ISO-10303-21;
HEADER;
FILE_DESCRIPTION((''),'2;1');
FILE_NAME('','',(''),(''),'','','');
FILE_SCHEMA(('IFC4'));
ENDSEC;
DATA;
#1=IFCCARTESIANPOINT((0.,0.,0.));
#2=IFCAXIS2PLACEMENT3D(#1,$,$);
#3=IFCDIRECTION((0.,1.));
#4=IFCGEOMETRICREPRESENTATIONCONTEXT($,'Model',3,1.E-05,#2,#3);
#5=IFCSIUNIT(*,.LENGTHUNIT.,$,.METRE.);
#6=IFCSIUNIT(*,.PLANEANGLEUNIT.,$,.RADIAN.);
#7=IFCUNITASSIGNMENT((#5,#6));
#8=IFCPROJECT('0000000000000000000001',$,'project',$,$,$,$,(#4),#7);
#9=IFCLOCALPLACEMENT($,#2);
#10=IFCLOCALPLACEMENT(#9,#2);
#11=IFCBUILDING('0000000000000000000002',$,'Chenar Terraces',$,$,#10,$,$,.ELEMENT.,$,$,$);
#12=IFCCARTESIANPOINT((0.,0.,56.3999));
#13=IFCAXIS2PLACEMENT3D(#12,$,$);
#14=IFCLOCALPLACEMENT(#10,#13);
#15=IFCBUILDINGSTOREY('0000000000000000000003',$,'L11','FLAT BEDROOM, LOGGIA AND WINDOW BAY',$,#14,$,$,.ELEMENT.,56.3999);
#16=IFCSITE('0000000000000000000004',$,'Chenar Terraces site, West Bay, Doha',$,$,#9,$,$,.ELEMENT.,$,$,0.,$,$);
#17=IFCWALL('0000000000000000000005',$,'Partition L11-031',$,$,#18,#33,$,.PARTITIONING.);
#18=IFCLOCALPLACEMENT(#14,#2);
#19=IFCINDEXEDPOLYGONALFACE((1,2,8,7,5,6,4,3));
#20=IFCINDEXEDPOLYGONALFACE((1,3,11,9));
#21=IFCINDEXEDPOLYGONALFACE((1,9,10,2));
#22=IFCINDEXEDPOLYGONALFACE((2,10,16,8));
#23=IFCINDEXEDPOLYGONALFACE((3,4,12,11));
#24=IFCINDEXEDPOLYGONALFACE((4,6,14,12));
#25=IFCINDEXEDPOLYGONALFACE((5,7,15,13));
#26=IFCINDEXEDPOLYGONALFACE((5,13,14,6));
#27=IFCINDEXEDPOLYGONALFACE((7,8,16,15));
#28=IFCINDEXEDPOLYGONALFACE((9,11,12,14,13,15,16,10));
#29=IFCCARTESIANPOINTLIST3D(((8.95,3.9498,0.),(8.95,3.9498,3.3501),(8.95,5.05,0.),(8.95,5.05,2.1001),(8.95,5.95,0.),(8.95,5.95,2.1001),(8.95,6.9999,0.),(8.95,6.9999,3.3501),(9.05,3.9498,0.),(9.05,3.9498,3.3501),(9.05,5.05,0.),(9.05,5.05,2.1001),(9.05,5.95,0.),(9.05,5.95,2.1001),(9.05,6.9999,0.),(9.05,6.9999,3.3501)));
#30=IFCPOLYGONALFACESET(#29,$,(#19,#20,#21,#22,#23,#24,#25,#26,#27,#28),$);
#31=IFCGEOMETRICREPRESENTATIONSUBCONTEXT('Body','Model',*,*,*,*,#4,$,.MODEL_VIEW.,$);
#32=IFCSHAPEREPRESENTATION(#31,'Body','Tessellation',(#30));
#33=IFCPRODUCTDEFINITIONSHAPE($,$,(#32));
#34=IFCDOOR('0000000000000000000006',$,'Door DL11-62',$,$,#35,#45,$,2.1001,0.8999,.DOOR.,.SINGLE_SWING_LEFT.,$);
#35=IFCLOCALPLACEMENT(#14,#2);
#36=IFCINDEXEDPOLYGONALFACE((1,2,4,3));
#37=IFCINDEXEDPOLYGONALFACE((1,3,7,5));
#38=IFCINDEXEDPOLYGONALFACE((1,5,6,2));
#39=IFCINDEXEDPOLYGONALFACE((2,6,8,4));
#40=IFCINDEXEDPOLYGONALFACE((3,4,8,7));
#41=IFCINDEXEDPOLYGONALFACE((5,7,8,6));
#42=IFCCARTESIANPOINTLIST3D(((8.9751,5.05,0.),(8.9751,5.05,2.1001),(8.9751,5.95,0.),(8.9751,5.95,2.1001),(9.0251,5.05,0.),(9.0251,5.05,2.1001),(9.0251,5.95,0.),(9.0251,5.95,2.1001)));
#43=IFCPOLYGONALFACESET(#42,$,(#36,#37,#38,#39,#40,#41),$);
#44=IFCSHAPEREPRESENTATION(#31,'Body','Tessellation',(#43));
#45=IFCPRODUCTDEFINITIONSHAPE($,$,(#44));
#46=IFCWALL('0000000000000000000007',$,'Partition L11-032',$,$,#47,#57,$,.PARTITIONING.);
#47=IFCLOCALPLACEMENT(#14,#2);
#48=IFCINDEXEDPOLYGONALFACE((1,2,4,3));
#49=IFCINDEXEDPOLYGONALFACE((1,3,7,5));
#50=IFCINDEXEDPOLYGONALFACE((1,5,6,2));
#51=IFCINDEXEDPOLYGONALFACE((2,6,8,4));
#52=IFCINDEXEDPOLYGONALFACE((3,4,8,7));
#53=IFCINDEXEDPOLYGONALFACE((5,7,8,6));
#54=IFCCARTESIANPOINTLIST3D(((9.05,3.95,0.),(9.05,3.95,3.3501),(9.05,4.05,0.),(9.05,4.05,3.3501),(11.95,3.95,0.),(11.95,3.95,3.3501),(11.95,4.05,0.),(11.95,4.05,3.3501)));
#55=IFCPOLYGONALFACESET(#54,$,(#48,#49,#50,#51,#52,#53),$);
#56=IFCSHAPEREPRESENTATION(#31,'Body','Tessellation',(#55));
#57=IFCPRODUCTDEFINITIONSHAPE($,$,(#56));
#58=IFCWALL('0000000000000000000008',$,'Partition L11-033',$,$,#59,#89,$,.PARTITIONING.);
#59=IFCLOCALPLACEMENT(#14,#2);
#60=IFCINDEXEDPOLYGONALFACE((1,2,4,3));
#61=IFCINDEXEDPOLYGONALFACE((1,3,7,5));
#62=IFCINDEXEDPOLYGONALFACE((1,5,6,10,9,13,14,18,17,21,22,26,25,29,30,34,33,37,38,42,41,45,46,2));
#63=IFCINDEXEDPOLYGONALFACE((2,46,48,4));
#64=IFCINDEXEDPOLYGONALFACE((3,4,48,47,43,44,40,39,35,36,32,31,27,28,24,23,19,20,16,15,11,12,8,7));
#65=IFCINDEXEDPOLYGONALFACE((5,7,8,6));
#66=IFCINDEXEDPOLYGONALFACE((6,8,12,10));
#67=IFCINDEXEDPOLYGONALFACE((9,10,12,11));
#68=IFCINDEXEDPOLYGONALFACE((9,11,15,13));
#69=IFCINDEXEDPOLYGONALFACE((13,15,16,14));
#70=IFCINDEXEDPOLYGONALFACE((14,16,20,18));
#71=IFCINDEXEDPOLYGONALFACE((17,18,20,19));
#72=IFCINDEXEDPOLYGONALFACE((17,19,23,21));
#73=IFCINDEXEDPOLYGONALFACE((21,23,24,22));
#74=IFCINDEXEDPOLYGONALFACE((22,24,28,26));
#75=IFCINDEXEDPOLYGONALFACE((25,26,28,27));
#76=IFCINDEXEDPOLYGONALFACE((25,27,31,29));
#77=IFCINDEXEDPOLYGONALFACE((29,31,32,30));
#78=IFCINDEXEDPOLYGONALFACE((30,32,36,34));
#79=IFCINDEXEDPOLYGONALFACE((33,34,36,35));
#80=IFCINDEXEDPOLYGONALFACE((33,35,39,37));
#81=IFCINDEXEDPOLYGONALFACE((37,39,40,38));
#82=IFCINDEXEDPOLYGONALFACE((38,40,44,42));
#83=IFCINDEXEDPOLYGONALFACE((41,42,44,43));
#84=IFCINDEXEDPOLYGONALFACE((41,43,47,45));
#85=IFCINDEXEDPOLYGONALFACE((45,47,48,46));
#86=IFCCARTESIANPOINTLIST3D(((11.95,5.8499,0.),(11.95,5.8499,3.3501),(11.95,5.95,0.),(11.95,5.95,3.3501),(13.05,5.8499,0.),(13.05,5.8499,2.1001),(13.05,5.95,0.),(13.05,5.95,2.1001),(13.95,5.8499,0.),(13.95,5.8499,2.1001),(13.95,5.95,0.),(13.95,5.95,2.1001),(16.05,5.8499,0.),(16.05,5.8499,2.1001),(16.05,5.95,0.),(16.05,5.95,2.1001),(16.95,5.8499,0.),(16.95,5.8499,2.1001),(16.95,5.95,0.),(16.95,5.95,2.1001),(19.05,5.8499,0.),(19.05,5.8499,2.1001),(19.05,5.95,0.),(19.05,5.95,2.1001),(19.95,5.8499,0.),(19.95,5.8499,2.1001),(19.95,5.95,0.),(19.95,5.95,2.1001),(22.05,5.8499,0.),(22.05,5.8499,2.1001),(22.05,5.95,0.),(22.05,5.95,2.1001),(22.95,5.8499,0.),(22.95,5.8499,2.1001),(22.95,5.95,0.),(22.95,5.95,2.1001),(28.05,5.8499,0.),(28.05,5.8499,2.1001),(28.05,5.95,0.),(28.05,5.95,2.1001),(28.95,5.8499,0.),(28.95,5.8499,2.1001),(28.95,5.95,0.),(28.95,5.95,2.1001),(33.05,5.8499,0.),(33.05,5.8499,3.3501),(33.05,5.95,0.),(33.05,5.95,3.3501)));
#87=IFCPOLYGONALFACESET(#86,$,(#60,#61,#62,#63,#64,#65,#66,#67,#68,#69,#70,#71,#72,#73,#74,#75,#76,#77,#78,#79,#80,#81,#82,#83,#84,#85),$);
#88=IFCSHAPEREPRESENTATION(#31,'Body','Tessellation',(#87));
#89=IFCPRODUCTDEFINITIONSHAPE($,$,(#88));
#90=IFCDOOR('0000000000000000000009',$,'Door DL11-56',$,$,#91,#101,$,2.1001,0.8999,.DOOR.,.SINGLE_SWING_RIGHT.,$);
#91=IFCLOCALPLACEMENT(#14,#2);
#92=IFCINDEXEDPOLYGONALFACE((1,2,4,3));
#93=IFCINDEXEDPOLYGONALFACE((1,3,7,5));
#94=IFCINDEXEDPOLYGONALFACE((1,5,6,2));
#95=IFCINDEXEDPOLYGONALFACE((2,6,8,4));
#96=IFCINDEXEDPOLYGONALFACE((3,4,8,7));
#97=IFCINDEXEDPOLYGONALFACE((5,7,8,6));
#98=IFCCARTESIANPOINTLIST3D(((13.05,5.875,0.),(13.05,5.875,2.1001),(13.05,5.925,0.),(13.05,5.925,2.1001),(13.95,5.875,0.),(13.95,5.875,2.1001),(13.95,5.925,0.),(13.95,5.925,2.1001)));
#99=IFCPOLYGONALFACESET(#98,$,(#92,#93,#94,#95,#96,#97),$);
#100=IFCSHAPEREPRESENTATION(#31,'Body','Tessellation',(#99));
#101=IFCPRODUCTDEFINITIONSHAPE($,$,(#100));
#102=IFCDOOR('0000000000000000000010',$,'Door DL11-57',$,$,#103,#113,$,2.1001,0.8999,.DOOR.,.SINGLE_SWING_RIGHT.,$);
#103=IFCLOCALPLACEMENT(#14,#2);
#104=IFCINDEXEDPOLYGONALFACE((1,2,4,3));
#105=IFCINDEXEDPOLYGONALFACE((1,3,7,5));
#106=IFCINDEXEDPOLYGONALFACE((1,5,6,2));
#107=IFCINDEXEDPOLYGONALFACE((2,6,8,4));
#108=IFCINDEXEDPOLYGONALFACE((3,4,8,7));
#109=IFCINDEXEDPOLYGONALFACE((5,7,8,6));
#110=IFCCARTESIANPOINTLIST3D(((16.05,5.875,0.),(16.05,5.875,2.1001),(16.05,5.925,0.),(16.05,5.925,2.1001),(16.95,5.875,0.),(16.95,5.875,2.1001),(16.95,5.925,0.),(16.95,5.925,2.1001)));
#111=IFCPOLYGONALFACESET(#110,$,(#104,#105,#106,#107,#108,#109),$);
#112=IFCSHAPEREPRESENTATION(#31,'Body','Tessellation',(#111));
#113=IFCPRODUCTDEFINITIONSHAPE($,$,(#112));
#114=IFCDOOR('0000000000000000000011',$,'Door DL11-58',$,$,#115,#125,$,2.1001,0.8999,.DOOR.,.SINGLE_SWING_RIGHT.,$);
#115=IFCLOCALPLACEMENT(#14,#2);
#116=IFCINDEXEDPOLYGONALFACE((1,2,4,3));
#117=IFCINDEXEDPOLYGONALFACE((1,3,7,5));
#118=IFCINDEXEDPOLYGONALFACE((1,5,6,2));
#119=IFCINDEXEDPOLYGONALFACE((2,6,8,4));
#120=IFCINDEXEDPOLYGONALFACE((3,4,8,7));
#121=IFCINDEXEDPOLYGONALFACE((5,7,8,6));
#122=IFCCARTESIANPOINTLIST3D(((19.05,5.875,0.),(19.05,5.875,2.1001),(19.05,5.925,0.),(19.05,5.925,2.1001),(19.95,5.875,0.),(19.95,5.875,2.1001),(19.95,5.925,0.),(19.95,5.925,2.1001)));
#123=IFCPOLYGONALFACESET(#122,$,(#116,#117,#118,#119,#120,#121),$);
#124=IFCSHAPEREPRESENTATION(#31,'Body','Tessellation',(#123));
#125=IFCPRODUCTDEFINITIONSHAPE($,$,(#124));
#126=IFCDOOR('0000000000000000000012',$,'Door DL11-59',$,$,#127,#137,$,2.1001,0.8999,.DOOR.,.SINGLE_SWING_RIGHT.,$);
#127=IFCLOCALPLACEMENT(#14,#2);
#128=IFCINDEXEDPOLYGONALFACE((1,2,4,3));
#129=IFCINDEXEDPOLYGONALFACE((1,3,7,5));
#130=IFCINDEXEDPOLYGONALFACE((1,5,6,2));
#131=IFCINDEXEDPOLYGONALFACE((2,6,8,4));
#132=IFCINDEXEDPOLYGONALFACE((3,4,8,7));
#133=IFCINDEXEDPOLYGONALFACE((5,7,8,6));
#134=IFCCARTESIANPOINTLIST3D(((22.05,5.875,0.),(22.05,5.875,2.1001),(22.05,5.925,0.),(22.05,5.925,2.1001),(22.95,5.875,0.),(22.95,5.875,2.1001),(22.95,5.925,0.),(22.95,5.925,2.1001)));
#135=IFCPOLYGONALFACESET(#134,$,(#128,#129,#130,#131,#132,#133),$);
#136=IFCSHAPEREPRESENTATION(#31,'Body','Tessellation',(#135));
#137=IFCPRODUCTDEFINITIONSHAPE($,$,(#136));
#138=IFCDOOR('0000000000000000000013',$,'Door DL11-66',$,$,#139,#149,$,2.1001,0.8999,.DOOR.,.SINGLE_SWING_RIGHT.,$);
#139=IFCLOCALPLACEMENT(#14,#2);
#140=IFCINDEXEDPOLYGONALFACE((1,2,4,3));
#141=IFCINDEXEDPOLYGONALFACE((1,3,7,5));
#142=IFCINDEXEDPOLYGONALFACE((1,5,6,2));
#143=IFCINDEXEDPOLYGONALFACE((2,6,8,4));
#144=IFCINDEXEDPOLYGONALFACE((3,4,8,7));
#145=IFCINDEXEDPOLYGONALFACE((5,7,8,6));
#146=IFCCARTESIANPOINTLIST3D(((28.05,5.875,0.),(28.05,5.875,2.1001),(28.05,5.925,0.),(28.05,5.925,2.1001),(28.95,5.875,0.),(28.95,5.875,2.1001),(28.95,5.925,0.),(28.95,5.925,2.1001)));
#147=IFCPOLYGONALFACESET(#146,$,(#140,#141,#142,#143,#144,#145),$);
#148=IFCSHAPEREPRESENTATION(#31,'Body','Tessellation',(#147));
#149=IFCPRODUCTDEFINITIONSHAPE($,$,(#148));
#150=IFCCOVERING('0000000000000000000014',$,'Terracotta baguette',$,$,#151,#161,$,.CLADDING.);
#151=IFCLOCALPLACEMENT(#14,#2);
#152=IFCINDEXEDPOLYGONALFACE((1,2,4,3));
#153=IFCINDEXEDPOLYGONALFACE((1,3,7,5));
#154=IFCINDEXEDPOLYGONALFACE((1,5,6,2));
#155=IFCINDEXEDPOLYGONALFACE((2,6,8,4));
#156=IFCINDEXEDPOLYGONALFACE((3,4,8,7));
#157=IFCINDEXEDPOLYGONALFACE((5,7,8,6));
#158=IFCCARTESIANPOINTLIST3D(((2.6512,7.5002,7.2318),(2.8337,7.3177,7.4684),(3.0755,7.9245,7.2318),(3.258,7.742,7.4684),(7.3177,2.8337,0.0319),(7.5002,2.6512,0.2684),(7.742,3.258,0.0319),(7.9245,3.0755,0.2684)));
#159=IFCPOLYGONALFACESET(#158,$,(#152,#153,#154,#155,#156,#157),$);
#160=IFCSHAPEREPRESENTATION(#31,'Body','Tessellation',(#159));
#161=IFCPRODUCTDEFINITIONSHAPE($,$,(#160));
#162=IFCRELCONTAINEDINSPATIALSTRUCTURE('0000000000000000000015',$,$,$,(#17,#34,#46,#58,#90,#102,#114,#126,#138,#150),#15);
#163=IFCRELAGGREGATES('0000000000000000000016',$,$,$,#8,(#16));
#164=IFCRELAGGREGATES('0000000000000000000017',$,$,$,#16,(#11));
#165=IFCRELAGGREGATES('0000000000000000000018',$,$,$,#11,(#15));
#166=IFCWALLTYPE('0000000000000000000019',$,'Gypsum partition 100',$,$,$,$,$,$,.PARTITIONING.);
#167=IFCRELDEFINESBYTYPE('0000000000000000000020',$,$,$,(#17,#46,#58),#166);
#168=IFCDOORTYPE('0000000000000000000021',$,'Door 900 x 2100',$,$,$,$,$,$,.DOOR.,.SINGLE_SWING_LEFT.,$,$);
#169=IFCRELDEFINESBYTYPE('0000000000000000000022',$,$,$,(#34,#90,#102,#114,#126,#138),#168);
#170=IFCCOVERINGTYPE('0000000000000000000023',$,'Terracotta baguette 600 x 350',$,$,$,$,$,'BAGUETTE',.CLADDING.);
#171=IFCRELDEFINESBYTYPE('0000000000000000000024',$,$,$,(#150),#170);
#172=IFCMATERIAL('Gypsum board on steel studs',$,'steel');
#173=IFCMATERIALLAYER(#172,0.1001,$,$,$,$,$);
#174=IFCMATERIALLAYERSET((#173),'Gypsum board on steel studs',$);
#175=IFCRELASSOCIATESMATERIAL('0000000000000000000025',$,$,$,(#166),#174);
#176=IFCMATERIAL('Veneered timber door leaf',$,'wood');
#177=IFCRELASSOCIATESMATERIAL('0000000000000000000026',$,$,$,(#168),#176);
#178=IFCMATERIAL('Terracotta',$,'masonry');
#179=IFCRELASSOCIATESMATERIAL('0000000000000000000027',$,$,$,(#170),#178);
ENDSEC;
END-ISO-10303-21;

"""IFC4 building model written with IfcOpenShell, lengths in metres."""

from ifc_helpers import new_model, si_unit, direction, frame, frame_2d, origin, origin_2d, place, context, subcontext, project, spatial, rectangle, extrude, material, layer, layer_set, material_profile, profile_set, type_object, element, fill, save


model = new_model("IFC4")

# Units and contexts
model_context = context("Model", 3, precision=1e-05, world=origin(), true_north=direction((0.0, 1.0)))
body_context = subcontext(model_context, "Body", "Model", "MODEL_VIEW")
ifc_project = project(units=[si_unit("LENGTHUNIT", "METRE"), si_unit("PLANEANGLEUNIT", "RADIAN")], contexts=[model_context])

# Site, building, storey
site_placement = place(None, origin())
site = spatial("IfcSite", under=ifc_project, at=site_placement, Name="Chenar Terraces site, West Bay, Doha", CompositionType="ELEMENT", RefElevation=0.0)
building_placement = place(site_placement, origin())
building = spatial("IfcBuilding", under=site, at=building_placement, Name="Chenar Terraces", CompositionType="ELEMENT")
storey_placement = place(building_placement, frame((0.0, 0.0, 56.3999)))
storey = spatial("IfcBuildingStorey", under=building, at=storey_placement, Name="L11", Description="FLAT BEDROOM, LOGGIA AND WINDOW BAY", CompositionType="ELEMENT", Elevation=56.3999)

# Wall, opening, door
ifc_material_1 = material(Name="Gypsum board on steel studs", Category="steel")
ifc_layer_1 = layer(ifc_material_1, 0.1001)
ifc_layer_set_1 = layer_set([ifc_layer_1], Name="Gypsum board on steel studs")
wall_type_1 = type_object("IfcWallType", Name="Gypsum partition 100", PredefinedType="PARTITIONING", material=ifc_layer_set_1)
wall_1_placement = place(storey_placement, frame((9.0, 3.95, 0.0), z_axis=(0.0, 0.0, 1.0), x_axis=(0.0, 1.0, 0.0)))
wall_1 = element("IfcWall", 1, at=wall_1_placement, inside=storey, type_object=wall_type_1, Name="Partition L11-031", PredefinedType="PARTITIONING", context=body_context, shape_type="SweptSolid", body=[
    extrude(rectangle(XDim=3.05, YDim=0.1001, at=frame_2d((1.5249, 0.0))), origin(), (0.0, 0.0, 1.0), 3.3501),
])
opening_1_placement = place(wall_1_placement, frame((1.1001, 0.0, 0.0)))
opening_1 = element("IfcOpeningElement", 2, at=opening_1_placement, cuts=wall_1, PredefinedType="OPENING", context=body_context, shape_type="SweptSolid", body=[
    extrude(rectangle(XDim=0.8999, YDim=2.1001, at=frame_2d((0.45, 1.05))), frame((0.0, 0.0601, 0.0), z_axis=(0.0, -1.0, 0.0), x_axis=(1.0, 0.0, 0.0)), (0.0, 0.0, 1.0), 0.1201),
])
ifc_material_2 = material(Name="Veneered timber door leaf", Category="wood")
door_type_1 = type_object("IfcDoorType", Name="Door 900 x 2100", OperationType="SINGLE_SWING_LEFT", PredefinedType="DOOR", material=ifc_material_2)
door_1_placement = place(opening_1_placement, origin())
door_1 = element("IfcDoor", 3, at=door_1_placement, inside=storey, type_object=door_type_1, Name="Door DL11-62", OperationType="SINGLE_SWING_LEFT", OverallHeight=2.1001, OverallWidth=0.8999, PredefinedType="DOOR", context=body_context, shape_type="SweptSolid", body=[
    extrude(rectangle(XDim=0.8999, YDim=2.1001, at=frame_2d((0.45, 1.05))), frame((0.0, 0.0249, 0.0), z_axis=(0.0, -1.0, 0.0), x_axis=(1.0, 0.0, 0.0)), (0.0, 0.0, 1.0), 0.05),
])
fill(opening_1, door_1)

# Wall
wall_2_placement = place(storey_placement, frame((9.05, 4.0, 0.0), z_axis=(0.0, 0.0, 1.0), x_axis=(1.0, 0.0, 0.0)))
element("IfcWall", 4, at=wall_2_placement, inside=storey, type_object=wall_type_1, Name="Partition L11-032", PredefinedType="PARTITIONING", context=body_context, shape_type="SweptSolid", body=[
    extrude(rectangle(XDim=2.8999, YDim=0.1001, at=frame_2d((1.45, 0.0))), origin(), (0.0, 0.0, 1.0), 3.3501),
])

# Wall, openings, doors
wall_3_placement = place(storey_placement, frame((11.95, 5.8999, 0.0), z_axis=(0.0, 0.0, 1.0), x_axis=(1.0, 0.0, 0.0)))
wall_3 = element("IfcWall", 5, at=wall_3_placement, inside=storey, type_object=wall_type_1, Name="Partition L11-033", PredefinedType="PARTITIONING", context=body_context, shape_type="SweptSolid", body=[
    extrude(rectangle(XDim=21.1001, YDim=0.1001, at=frame_2d((10.55, 0.0))), origin(), (0.0, 0.0, 1.0), 3.3501),
])
opening_2_placement = place(wall_3_placement, frame((1.1001, 0.0, 0.0)))
opening_2 = element("IfcOpeningElement", 6, at=opening_2_placement, cuts=wall_3, PredefinedType="OPENING", context=body_context, shape_type="SweptSolid", body=[
    extrude(rectangle(XDim=0.8999, YDim=2.1001, at=frame_2d((0.45, 1.05))), frame((0.0, 0.0601, 0.0), z_axis=(0.0, -1.0, 0.0), x_axis=(1.0, 0.0, 0.0)), (0.0, 0.0, 1.0), 0.1201),
])
opening_3_placement = place(wall_3_placement, frame((4.1001, 0.0, 0.0)))
opening_3 = element("IfcOpeningElement", 7, at=opening_3_placement, cuts=wall_3, PredefinedType="OPENING", context=body_context, shape_type="SweptSolid", body=[
    extrude(rectangle(XDim=0.8999, YDim=2.1001, at=frame_2d((0.45, 1.05))), frame((0.0, 0.0601, 0.0), z_axis=(0.0, -1.0, 0.0), x_axis=(1.0, 0.0, 0.0)), (0.0, 0.0, 1.0), 0.1201),
])
opening_4_placement = place(wall_3_placement, frame((7.1001, 0.0, 0.0)))
opening_4 = element("IfcOpeningElement", 8, at=opening_4_placement, cuts=wall_3, PredefinedType="OPENING", context=body_context, shape_type="SweptSolid", body=[
    extrude(rectangle(XDim=0.8999, YDim=2.1001, at=frame_2d((0.45, 1.05))), frame((0.0, 0.0601, 0.0), z_axis=(0.0, -1.0, 0.0), x_axis=(1.0, 0.0, 0.0)), (0.0, 0.0, 1.0), 0.1201),
])
opening_5_placement = place(wall_3_placement, frame((10.1001, 0.0, 0.0)))
opening_5 = element("IfcOpeningElement", 9, at=opening_5_placement, cuts=wall_3, PredefinedType="OPENING", context=body_context, shape_type="SweptSolid", body=[
    extrude(rectangle(XDim=0.8999, YDim=2.1001, at=frame_2d((0.45, 1.05))), frame((0.0, 0.0601, 0.0), z_axis=(0.0, -1.0, 0.0), x_axis=(1.0, 0.0, 0.0)), (0.0, 0.0, 1.0), 0.1201),
])
opening_6_placement = place(wall_3_placement, frame((16.1001, 0.0, 0.0)))
opening_6 = element("IfcOpeningElement", 10, at=opening_6_placement, cuts=wall_3, PredefinedType="OPENING", context=body_context, shape_type="SweptSolid", body=[
    extrude(rectangle(XDim=0.8999, YDim=2.1001, at=frame_2d((0.45, 1.05))), frame((0.0, 0.0601, 0.0), z_axis=(0.0, -1.0, 0.0), x_axis=(1.0, 0.0, 0.0)), (0.0, 0.0, 1.0), 0.1201),
])
door_2_placement = place(opening_2_placement, frame((0.8999, 0.0, 0.0), z_axis=(0.0, 0.0, 1.0), x_axis=(-1.0, 0.0, 0.0)))
door_2 = element("IfcDoor", 11, at=door_2_placement, inside=storey, type_object=door_type_1, Name="Door DL11-56", OperationType="SINGLE_SWING_RIGHT", OverallHeight=2.1001, OverallWidth=0.8999, PredefinedType="DOOR", context=body_context, shape_type="SweptSolid", body=[
    extrude(rectangle(XDim=0.8999, YDim=2.1001, at=frame_2d((0.45, 1.05))), frame((0.0, 0.0249, 0.0), z_axis=(0.0, -1.0, 0.0), x_axis=(1.0, 0.0, 0.0)), (0.0, 0.0, 1.0), 0.05),
])
fill(opening_2, door_2)
door_3_placement = place(opening_3_placement, frame((0.8999, 0.0, 0.0), z_axis=(0.0, 0.0, 1.0), x_axis=(-1.0, 0.0, 0.0)))
door_3 = element("IfcDoor", 12, at=door_3_placement, inside=storey, type_object=door_type_1, Name="Door DL11-57", OperationType="SINGLE_SWING_RIGHT", OverallHeight=2.1001, OverallWidth=0.8999, PredefinedType="DOOR", context=body_context, shape_type="SweptSolid", body=[
    extrude(rectangle(XDim=0.8999, YDim=2.1001, at=frame_2d((0.45, 1.05))), frame((0.0, 0.0249, 0.0), z_axis=(0.0, -1.0, 0.0), x_axis=(1.0, 0.0, 0.0)), (0.0, 0.0, 1.0), 0.05),
])
fill(opening_3, door_3)
door_4_placement = place(opening_4_placement, frame((0.8999, 0.0, 0.0), z_axis=(0.0, 0.0, 1.0), x_axis=(-1.0, 0.0, 0.0)))
door_4 = element("IfcDoor", 13, at=door_4_placement, inside=storey, type_object=door_type_1, Name="Door DL11-58", OperationType="SINGLE_SWING_RIGHT", OverallHeight=2.1001, OverallWidth=0.8999, PredefinedType="DOOR", context=body_context, shape_type="SweptSolid", body=[
    extrude(rectangle(XDim=0.8999, YDim=2.1001, at=frame_2d((0.45, 1.05))), frame((0.0, 0.0249, 0.0), z_axis=(0.0, -1.0, 0.0), x_axis=(1.0, 0.0, 0.0)), (0.0, 0.0, 1.0), 0.05),
])
fill(opening_4, door_4)
door_5_placement = place(opening_5_placement, frame((0.8999, 0.0, 0.0), z_axis=(0.0, 0.0, 1.0), x_axis=(-1.0, 0.0, 0.0)))
door_5 = element("IfcDoor", 14, at=door_5_placement, inside=storey, type_object=door_type_1, Name="Door DL11-59", OperationType="SINGLE_SWING_RIGHT", OverallHeight=2.1001, OverallWidth=0.8999, PredefinedType="DOOR", context=body_context, shape_type="SweptSolid", body=[
    extrude(rectangle(XDim=0.8999, YDim=2.1001, at=frame_2d((0.45, 1.05))), frame((0.0, 0.0249, 0.0), z_axis=(0.0, -1.0, 0.0), x_axis=(1.0, 0.0, 0.0)), (0.0, 0.0, 1.0), 0.05),
])
fill(opening_5, door_5)
door_6_placement = place(opening_6_placement, frame((0.8999, 0.0, 0.0), z_axis=(0.0, 0.0, 1.0), x_axis=(-1.0, 0.0, 0.0)))
door_6 = element("IfcDoor", 15, at=door_6_placement, inside=storey, type_object=door_type_1, Name="Door DL11-66", OperationType="SINGLE_SWING_RIGHT", OverallHeight=2.1001, OverallWidth=0.8999, PredefinedType="DOOR", context=body_context, shape_type="SweptSolid", body=[
    extrude(rectangle(XDim=0.8999, YDim=2.1001, at=frame_2d((0.45, 1.05))), frame((0.0, 0.0249, 0.0), z_axis=(0.0, -1.0, 0.0), x_axis=(1.0, 0.0, 0.0)), (0.0, 0.0, 1.0), 0.05),
])
fill(opening_6, door_6)

# Covering
ifc_material_3 = material(Name="Terracotta", Category="masonry")
ifc_material_profile = material_profile(ifc_material_3, rectangle(XDim=0.6001, YDim=0.3501, at=origin_2d()), Name="Terracotta baguette 600 x 350")
ifc_profile_set = profile_set([ifc_material_profile], Name="Terracotta")
covering_type = type_object("IfcCoveringType", Name="Terracotta baguette 600 x 350", ElementType="BAGUETTE", PredefinedType="CLADDING", material=ifc_profile_set)
covering_1_placement = place(storey_placement, frame((2.9546, 7.6211, 7.3501), z_axis=(0.477789, -0.477789, -0.737181), x_axis=(0.707107, 0.707107, 0.0)))
element("IfcCovering", 16, at=covering_1_placement, inside=storey, type_object=covering_type, Name="Terracotta baguette", PredefinedType="CLADDING", context=body_context, shape_type="SweptSolid", body=[
    extrude(rectangle(XDim=0.6001, YDim=0.3501, at=origin_2d()), origin(), (0.0, 0.0, 1.0), 9.7668),
])

save(model, "model.ifc")
